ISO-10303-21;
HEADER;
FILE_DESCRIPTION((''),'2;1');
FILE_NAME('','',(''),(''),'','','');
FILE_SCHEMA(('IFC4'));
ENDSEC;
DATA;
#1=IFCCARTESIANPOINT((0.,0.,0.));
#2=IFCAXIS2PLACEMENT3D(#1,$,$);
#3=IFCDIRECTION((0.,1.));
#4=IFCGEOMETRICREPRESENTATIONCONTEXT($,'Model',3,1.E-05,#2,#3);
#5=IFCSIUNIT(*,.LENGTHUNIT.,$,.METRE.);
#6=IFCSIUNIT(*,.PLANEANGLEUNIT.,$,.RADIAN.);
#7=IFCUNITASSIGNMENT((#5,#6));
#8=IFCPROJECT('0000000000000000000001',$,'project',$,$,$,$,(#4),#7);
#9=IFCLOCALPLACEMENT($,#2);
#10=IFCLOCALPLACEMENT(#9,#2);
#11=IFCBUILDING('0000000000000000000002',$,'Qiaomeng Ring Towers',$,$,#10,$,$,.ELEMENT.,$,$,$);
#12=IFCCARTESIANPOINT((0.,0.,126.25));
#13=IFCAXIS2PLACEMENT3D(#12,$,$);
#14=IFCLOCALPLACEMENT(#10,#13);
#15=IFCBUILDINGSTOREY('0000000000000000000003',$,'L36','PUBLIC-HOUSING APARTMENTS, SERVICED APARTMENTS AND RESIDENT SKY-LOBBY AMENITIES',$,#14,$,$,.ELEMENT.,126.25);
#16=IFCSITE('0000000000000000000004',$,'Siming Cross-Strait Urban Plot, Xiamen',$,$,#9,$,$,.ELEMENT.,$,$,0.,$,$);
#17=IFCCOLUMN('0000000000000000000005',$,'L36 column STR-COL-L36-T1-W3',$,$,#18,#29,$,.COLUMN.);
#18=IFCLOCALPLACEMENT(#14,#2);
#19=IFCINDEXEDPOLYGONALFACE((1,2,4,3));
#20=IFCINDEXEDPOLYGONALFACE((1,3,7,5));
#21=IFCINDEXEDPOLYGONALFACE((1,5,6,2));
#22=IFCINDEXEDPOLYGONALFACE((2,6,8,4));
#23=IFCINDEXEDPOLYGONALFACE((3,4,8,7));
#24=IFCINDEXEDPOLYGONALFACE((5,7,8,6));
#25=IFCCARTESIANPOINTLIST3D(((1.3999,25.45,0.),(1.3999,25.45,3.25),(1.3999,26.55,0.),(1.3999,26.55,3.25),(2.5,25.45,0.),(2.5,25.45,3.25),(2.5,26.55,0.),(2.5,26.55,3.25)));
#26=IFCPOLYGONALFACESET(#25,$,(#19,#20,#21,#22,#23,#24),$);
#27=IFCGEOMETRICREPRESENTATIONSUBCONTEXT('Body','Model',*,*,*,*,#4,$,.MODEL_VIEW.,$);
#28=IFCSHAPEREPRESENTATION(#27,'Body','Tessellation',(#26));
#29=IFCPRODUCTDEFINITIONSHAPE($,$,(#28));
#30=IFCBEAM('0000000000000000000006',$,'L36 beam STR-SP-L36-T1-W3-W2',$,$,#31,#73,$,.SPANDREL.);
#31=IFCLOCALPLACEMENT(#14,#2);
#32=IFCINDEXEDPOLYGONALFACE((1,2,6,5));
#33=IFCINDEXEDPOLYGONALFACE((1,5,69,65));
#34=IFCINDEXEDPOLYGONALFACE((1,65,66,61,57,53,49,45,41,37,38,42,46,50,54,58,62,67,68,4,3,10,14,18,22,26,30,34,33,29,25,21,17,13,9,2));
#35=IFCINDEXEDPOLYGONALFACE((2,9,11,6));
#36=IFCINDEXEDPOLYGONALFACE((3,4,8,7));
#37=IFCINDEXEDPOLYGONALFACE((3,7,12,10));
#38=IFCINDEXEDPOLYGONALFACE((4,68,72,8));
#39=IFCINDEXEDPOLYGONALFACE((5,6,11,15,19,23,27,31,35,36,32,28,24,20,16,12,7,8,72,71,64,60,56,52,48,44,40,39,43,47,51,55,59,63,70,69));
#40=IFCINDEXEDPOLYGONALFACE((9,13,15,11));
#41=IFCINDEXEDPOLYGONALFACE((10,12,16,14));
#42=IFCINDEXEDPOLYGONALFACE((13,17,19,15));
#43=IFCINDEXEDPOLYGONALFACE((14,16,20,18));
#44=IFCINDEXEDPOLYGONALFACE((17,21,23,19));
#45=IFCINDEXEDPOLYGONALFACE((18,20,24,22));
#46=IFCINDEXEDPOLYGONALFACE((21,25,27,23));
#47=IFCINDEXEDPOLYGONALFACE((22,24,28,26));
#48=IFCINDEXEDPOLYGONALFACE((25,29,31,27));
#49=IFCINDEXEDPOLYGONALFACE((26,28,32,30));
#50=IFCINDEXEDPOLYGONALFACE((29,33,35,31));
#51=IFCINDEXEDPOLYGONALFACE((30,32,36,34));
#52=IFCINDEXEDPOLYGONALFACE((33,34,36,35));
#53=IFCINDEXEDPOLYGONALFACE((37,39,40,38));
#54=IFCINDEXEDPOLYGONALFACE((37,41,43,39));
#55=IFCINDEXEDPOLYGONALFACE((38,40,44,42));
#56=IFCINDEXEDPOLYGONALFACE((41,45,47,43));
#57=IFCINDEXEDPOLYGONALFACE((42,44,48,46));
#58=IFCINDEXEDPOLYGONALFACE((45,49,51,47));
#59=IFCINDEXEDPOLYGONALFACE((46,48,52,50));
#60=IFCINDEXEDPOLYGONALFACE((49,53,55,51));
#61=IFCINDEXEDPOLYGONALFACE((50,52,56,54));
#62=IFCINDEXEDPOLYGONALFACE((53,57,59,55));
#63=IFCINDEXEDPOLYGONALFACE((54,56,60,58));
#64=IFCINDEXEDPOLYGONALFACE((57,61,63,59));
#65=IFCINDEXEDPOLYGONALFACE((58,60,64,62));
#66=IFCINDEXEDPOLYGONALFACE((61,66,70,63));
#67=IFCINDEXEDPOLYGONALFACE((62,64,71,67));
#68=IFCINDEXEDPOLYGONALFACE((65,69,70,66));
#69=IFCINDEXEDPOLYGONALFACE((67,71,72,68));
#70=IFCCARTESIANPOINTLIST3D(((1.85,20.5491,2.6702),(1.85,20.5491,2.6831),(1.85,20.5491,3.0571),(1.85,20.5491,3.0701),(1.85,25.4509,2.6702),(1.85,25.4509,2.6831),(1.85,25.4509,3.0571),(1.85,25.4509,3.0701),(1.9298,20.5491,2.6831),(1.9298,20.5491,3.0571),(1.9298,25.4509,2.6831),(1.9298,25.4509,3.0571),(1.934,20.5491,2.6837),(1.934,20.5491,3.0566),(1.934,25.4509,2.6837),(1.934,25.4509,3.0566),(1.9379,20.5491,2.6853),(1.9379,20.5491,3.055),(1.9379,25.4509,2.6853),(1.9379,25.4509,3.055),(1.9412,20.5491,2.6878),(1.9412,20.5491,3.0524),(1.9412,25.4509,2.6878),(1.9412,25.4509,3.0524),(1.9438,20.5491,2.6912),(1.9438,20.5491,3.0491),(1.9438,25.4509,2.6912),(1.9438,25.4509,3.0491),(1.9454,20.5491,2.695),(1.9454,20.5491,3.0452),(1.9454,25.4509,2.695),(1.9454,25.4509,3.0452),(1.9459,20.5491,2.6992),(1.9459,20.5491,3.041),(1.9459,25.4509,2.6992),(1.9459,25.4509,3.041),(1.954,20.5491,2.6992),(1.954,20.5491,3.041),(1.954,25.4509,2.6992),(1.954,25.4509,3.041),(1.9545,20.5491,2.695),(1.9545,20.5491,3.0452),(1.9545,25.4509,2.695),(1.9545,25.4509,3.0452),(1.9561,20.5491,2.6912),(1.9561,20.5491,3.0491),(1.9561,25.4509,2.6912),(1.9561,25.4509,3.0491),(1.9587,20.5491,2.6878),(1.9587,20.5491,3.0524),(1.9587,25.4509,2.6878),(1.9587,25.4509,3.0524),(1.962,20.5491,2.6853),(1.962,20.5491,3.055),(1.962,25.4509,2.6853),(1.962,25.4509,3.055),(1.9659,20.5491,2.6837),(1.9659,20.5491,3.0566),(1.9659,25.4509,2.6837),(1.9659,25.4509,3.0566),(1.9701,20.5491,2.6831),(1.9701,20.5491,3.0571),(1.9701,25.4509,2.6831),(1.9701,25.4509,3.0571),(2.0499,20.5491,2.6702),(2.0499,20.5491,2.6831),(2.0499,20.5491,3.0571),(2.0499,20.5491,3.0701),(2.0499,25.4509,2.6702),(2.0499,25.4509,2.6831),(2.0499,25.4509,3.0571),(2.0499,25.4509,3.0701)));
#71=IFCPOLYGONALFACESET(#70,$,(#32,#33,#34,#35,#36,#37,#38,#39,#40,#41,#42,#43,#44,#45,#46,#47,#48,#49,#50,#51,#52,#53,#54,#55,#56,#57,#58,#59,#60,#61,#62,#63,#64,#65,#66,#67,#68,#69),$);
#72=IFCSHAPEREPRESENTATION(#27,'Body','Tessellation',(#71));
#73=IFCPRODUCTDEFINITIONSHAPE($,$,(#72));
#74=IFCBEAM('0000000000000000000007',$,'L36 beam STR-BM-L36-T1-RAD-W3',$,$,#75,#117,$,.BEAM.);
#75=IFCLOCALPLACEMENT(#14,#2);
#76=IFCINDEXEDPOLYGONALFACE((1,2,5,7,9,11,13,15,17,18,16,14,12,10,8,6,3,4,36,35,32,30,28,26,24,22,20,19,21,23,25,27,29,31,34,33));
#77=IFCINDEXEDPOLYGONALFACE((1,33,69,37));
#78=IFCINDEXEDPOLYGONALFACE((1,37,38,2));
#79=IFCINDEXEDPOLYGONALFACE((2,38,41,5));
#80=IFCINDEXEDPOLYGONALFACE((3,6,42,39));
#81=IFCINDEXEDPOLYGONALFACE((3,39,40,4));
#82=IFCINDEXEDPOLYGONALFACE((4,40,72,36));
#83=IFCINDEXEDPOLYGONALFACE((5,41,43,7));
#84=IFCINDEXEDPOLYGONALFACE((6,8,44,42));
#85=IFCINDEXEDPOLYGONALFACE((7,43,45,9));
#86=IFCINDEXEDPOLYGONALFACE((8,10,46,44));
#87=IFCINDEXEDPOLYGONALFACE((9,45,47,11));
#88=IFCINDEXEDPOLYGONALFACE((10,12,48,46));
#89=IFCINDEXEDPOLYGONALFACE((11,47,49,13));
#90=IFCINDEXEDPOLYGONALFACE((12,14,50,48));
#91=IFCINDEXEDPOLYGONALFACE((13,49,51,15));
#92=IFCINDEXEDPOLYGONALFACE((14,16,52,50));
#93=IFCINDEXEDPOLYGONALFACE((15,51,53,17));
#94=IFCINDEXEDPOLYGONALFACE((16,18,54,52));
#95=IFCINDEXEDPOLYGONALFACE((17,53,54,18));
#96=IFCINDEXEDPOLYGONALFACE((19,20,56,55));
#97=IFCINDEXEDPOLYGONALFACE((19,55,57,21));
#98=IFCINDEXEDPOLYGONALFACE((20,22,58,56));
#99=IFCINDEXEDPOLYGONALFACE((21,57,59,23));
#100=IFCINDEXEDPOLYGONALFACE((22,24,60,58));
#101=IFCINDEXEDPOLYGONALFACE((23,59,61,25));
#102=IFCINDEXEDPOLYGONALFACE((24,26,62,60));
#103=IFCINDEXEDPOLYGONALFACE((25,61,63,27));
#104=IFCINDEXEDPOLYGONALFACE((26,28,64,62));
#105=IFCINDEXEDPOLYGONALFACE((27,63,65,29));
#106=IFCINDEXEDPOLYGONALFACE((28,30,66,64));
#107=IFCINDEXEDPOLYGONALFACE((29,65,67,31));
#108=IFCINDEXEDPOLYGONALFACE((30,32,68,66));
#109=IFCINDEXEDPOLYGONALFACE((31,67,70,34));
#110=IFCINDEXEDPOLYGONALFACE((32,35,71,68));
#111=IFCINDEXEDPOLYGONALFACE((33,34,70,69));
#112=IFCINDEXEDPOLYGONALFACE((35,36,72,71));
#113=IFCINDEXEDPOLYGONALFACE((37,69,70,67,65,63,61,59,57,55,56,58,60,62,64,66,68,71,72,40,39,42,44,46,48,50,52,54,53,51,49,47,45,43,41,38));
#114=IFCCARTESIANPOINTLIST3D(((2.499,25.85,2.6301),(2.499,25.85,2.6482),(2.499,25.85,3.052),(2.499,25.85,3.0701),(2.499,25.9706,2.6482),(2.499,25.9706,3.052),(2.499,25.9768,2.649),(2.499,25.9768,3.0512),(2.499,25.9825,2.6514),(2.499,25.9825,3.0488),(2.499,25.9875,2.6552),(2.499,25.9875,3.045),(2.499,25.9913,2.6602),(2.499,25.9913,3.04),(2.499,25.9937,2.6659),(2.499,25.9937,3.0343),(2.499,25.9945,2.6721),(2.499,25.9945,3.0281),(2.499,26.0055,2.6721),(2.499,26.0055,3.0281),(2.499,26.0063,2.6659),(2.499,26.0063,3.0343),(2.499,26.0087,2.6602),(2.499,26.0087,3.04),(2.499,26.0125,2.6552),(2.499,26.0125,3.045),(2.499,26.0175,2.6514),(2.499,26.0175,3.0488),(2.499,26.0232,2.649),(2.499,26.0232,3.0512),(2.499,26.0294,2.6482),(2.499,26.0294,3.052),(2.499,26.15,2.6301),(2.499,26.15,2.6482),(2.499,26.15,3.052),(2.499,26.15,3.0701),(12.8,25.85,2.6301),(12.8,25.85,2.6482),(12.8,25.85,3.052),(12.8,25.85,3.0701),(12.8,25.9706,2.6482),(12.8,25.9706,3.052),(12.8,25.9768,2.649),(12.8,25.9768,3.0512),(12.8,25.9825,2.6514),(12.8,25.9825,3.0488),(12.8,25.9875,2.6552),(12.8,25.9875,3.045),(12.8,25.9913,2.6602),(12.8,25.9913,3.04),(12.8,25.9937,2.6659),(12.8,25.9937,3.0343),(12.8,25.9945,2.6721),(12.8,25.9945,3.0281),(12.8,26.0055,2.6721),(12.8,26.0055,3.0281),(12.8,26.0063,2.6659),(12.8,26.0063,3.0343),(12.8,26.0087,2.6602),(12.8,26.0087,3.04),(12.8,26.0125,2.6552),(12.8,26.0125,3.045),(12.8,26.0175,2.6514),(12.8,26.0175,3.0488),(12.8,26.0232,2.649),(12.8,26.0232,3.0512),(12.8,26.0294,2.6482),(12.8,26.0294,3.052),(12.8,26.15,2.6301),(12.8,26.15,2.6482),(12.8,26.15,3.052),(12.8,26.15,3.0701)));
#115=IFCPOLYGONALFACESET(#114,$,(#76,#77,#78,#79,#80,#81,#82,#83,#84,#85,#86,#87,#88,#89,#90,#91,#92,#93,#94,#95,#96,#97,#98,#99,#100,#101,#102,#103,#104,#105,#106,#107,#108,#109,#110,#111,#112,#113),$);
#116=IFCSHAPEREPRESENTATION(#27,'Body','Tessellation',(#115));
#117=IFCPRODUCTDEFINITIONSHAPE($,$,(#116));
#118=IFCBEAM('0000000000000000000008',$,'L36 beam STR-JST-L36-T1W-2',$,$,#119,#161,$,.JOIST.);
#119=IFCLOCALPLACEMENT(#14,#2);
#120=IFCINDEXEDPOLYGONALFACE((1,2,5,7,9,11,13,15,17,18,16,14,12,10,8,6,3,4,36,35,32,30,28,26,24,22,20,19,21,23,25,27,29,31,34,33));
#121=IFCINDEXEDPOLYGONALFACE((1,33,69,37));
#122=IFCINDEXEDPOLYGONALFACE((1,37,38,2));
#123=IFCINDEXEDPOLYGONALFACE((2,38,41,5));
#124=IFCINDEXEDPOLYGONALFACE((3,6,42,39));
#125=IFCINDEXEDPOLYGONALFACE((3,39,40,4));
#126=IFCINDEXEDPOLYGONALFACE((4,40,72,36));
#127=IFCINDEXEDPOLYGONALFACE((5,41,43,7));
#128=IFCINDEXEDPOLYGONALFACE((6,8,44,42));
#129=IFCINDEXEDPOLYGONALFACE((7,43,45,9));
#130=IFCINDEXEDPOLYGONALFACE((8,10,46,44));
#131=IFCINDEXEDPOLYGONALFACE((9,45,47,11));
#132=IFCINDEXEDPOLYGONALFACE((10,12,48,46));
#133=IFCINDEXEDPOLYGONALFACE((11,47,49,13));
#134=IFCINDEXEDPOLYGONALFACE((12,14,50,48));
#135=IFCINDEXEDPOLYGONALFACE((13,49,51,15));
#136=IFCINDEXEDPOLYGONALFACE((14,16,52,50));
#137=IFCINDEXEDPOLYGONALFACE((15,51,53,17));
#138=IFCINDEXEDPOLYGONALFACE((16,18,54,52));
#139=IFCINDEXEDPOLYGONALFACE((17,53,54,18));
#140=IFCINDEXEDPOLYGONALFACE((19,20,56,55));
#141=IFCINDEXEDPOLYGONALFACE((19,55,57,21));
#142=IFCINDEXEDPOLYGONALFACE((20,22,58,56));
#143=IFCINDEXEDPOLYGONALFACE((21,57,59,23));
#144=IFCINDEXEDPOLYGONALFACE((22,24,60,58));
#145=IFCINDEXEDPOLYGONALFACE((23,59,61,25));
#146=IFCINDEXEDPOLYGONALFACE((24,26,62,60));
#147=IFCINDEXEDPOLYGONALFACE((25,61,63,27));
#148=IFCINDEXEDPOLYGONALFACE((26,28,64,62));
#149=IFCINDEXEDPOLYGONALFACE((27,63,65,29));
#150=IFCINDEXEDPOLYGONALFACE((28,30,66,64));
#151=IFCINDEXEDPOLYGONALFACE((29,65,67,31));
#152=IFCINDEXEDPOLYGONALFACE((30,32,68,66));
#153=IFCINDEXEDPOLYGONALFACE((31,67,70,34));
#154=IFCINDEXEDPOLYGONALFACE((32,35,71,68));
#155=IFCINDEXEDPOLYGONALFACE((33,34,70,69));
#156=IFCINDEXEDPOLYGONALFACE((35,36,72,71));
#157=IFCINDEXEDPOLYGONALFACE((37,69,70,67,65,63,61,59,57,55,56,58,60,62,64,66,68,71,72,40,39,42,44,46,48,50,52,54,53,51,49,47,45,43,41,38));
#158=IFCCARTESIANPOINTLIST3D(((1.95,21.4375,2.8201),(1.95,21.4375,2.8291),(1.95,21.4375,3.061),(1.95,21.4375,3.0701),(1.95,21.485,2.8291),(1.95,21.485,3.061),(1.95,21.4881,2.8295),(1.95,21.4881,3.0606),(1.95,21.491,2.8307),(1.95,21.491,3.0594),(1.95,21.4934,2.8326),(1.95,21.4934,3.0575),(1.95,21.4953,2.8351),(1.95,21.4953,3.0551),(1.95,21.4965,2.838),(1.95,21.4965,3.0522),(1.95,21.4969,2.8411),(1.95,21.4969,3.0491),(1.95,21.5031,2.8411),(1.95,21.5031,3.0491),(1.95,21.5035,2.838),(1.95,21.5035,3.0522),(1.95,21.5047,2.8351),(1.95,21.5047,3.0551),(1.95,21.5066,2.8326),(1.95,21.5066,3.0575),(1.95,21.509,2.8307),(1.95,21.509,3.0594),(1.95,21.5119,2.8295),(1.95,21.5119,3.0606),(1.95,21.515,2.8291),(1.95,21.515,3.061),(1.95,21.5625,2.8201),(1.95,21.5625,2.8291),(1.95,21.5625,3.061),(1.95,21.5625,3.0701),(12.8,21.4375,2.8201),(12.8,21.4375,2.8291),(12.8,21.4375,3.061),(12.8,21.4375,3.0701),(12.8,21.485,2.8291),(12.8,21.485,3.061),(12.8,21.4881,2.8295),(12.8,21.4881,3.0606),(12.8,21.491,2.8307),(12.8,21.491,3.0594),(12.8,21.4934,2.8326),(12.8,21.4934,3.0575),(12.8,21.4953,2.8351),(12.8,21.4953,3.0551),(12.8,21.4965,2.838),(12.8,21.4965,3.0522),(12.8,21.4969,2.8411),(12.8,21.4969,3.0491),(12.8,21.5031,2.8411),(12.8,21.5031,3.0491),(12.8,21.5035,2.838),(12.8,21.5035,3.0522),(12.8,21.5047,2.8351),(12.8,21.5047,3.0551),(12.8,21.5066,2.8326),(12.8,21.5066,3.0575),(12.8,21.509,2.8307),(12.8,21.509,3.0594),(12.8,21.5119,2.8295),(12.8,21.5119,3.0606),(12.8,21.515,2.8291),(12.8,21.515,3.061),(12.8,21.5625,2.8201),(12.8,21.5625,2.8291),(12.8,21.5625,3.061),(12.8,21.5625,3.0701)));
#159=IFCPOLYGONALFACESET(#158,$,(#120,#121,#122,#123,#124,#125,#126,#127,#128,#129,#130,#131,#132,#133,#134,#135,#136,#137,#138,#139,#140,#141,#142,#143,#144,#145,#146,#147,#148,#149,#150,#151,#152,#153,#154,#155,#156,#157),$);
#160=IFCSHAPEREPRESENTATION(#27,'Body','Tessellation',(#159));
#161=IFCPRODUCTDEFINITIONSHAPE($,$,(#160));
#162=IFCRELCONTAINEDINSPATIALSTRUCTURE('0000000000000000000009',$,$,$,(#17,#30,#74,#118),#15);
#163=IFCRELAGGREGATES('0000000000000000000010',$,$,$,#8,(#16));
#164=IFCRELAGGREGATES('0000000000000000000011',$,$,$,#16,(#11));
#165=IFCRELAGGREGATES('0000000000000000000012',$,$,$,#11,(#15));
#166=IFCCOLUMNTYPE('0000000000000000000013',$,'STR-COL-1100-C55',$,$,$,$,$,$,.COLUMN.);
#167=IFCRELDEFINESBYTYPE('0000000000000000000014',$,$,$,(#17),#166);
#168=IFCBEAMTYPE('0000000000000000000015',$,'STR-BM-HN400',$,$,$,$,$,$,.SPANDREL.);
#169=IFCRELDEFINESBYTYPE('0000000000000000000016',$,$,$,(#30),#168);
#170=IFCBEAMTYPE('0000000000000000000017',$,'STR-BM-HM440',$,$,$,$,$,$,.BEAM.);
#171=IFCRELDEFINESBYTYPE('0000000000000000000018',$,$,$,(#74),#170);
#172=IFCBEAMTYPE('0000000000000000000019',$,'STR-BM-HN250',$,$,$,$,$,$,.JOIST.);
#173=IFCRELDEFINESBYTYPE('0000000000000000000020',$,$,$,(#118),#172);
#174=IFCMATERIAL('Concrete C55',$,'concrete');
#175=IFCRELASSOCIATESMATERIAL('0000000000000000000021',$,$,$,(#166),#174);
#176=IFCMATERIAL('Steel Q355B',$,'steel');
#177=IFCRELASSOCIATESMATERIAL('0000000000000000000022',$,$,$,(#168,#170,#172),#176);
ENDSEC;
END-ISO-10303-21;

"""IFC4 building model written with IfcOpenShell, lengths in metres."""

from ifc_helpers import new_model, si_unit, direction, frame, origin, origin_2d, place, context, subcontext, project, spatial, rectangle, i_section, extrude, source, transform, mapped, material, material_profile, profile_set, type_object, element, save


model = new_model("IFC4")

# Units and contexts
model_context = context("Model", 3, precision=1e-05, world=origin(), true_north=direction((0.0, 1.0)))
body_context = subcontext(model_context, "Body", "Model", "MODEL_VIEW")
ifc_project = project(units=[si_unit("LENGTHUNIT", "METRE"), si_unit("PLANEANGLEUNIT", "RADIAN")], contexts=[model_context])

# Site, building, storey
site_placement = place(None, origin())
site = spatial("IfcSite", under=ifc_project, at=site_placement, Name="Siming Cross-Strait Urban Plot, Xiamen", CompositionType="ELEMENT", RefElevation=0.0)
building_placement = place(site_placement, origin())
building = spatial("IfcBuilding", under=site, at=building_placement, Name="Qiaomeng Ring Towers", CompositionType="ELEMENT")
storey_placement = place(building_placement, frame((0.0, 0.0, 126.25)))
storey = spatial("IfcBuildingStorey", under=building, at=storey_placement, Name="L36", Description="PUBLIC-HOUSING APARTMENTS, SERVICED APARTMENTS AND RESIDENT SKY-LOBBY AMENITIES", CompositionType="ELEMENT", Elevation=126.25)

# Column
ifc_material_1 = material(Name="Concrete C55", Category="concrete")
ifc_material_profile_1 = material_profile(ifc_material_1, rectangle(XDim=1.1001, YDim=1.1001, at=origin_2d()), Name="RC COL 1100x1100")
ifc_profile_set_1 = profile_set([ifc_material_profile_1], Name="Concrete C55")
column_type = type_object("IfcColumnType", Name="STR-COL-1100-C55", PredefinedType="COLUMN", material=ifc_profile_set_1)
shared_shape_1 = source(origin(), body_context, "Body", "SweptSolid", [
    extrude(rectangle(XDim=1.1001, YDim=1.1001, at=origin_2d()), origin(), (0.0, 0.0, 1.0), 3.25),
])
column_placement = place(storey_placement, frame((1.95, 26.0, 0.0), z_axis=(0.0, 0.0, 1.0), x_axis=(1.0, 0.0, 0.0)))
element("IfcColumn", 1, at=column_placement, inside=storey, type_object=column_type, Name="L36 column STR-COL-L36-T1-W3", PredefinedType="COLUMN", context=body_context, shape_type="MappedRepresentation", body=[
    mapped(shared_shape_1, transform((0.0, 0.0, 0.0), x_axis=(1.0, 0.0, 0.0), y_axis=(0.0, 1.0, 0.0), z_axis=(0.0, 0.0, 1.0), scale=1.0)),
])

# Beams
ifc_material_2 = material(Name="Steel Q355B", Category="steel")
ifc_material_profile_2 = material_profile(ifc_material_2, i_section(OverallWidth=0.2, OverallDepth=0.3999, WebThickness=0.0081, FlangeThickness=0.0129, FilletRadius=0.0161, at=origin_2d()), Name="HN 400x200x8x13")
ifc_profile_set_2 = profile_set([ifc_material_profile_2], Name="Steel Q355B")
beam_type_1 = type_object("IfcBeamType", Name="STR-BM-HN400", PredefinedType="SPANDREL", material=ifc_profile_set_2)
shared_shape_2 = source(origin(), body_context, "Body", "SweptSolid", [
    extrude(i_section(OverallWidth=0.2, OverallDepth=0.3999, WebThickness=0.0081, FlangeThickness=0.0129, FilletRadius=0.0161, at=origin_2d()), origin(), (0.0, 0.0, 1.0), 4.9019),
])
beam_1_placement = place(storey_placement, frame((1.95, 25.4509, 2.8701), z_axis=(0.0, -1.0, 0.0), x_axis=(1.0, 0.0, 0.0)))
element("IfcBeam", 2, at=beam_1_placement, inside=storey, type_object=beam_type_1, Name="L36 beam STR-SP-L36-T1-W3-W2", PredefinedType="SPANDREL", context=body_context, shape_type="MappedRepresentation", body=[
    mapped(shared_shape_2, transform((0.0, 0.0, 0.0), x_axis=(1.0, 0.0, 0.0), y_axis=(0.0, 1.0, 0.0), z_axis=(0.0, 0.0, 1.0), scale=1.0)),
])
ifc_material_profile_3 = material_profile(ifc_material_2, i_section(OverallWidth=0.3, OverallDepth=0.4399, WebThickness=0.011, FlangeThickness=0.0181, FilletRadius=0.0239, at=origin_2d()), Name="HM 440x300x11x18")
ifc_profile_set_3 = profile_set([ifc_material_profile_3], Name="Steel Q355B")
beam_type_2 = type_object("IfcBeamType", Name="STR-BM-HM440", PredefinedType="BEAM", material=ifc_profile_set_3)
shared_shape_3 = source(origin(), body_context, "Body", "SweptSolid", [
    extrude(i_section(OverallWidth=0.3, OverallDepth=0.4399, WebThickness=0.011, FlangeThickness=0.0181, FilletRadius=0.0239, at=origin_2d()), origin(), (0.0, 0.0, 1.0), 10.301),
])
beam_2_placement = place(storey_placement, frame((2.499, 26.0, 2.8501), z_axis=(1.0, 0.0, 0.0), x_axis=(0.0, 1.0, 0.0)))
element("IfcBeam", 3, at=beam_2_placement, inside=storey, type_object=beam_type_2, Name="L36 beam STR-BM-L36-T1-RAD-W3", PredefinedType="BEAM", context=body_context, shape_type="MappedRepresentation", body=[
    mapped(shared_shape_3, transform((0.0, 0.0, 0.0), x_axis=(1.0, 0.0, 0.0), y_axis=(0.0, 1.0, 0.0), z_axis=(0.0, 0.0, 1.0), scale=1.0)),
])
ifc_material_profile_4 = material_profile(ifc_material_2, i_section(OverallWidth=0.125, OverallDepth=0.25, WebThickness=0.0061, FlangeThickness=0.009, FilletRadius=0.012, at=origin_2d()), Name="HN 250x125x6x9")
ifc_profile_set_4 = profile_set([ifc_material_profile_4], Name="Steel Q355B")
beam_type_3 = type_object("IfcBeamType", Name="STR-BM-HN250", PredefinedType="JOIST", material=ifc_profile_set_4)
shared_shape_4 = source(origin(), body_context, "Body", "SweptSolid", [
    extrude(i_section(OverallWidth=0.125, OverallDepth=0.25, WebThickness=0.0061, FlangeThickness=0.009, FilletRadius=0.012, at=origin_2d()), origin(), (0.0, 0.0, 1.0), 10.8501),
])
for number, where, z_axis, x_axis, name in (
    (4, (1.95, 21.5, 2.9451), (1.0, 0.0, 0.0), (0.0, 1.0, 0.0), "L36 beam STR-JST-L36-T1W-2"),
):
    element("IfcBeam", number, at=place(storey_placement, frame(where, z_axis=z_axis, x_axis=x_axis)), inside=storey, type_object=beam_type_3, Name=name, PredefinedType="JOIST", context=body_context, shape_type="MappedRepresentation", body=[
        mapped(shared_shape_4, transform((0.0, 0.0, 0.0), x_axis=(1.0, 0.0, 0.0), y_axis=(0.0, 1.0, 0.0), z_axis=(0.0, 0.0, 1.0), scale=1.0)),
    ])

save(model, "model.ifc")
